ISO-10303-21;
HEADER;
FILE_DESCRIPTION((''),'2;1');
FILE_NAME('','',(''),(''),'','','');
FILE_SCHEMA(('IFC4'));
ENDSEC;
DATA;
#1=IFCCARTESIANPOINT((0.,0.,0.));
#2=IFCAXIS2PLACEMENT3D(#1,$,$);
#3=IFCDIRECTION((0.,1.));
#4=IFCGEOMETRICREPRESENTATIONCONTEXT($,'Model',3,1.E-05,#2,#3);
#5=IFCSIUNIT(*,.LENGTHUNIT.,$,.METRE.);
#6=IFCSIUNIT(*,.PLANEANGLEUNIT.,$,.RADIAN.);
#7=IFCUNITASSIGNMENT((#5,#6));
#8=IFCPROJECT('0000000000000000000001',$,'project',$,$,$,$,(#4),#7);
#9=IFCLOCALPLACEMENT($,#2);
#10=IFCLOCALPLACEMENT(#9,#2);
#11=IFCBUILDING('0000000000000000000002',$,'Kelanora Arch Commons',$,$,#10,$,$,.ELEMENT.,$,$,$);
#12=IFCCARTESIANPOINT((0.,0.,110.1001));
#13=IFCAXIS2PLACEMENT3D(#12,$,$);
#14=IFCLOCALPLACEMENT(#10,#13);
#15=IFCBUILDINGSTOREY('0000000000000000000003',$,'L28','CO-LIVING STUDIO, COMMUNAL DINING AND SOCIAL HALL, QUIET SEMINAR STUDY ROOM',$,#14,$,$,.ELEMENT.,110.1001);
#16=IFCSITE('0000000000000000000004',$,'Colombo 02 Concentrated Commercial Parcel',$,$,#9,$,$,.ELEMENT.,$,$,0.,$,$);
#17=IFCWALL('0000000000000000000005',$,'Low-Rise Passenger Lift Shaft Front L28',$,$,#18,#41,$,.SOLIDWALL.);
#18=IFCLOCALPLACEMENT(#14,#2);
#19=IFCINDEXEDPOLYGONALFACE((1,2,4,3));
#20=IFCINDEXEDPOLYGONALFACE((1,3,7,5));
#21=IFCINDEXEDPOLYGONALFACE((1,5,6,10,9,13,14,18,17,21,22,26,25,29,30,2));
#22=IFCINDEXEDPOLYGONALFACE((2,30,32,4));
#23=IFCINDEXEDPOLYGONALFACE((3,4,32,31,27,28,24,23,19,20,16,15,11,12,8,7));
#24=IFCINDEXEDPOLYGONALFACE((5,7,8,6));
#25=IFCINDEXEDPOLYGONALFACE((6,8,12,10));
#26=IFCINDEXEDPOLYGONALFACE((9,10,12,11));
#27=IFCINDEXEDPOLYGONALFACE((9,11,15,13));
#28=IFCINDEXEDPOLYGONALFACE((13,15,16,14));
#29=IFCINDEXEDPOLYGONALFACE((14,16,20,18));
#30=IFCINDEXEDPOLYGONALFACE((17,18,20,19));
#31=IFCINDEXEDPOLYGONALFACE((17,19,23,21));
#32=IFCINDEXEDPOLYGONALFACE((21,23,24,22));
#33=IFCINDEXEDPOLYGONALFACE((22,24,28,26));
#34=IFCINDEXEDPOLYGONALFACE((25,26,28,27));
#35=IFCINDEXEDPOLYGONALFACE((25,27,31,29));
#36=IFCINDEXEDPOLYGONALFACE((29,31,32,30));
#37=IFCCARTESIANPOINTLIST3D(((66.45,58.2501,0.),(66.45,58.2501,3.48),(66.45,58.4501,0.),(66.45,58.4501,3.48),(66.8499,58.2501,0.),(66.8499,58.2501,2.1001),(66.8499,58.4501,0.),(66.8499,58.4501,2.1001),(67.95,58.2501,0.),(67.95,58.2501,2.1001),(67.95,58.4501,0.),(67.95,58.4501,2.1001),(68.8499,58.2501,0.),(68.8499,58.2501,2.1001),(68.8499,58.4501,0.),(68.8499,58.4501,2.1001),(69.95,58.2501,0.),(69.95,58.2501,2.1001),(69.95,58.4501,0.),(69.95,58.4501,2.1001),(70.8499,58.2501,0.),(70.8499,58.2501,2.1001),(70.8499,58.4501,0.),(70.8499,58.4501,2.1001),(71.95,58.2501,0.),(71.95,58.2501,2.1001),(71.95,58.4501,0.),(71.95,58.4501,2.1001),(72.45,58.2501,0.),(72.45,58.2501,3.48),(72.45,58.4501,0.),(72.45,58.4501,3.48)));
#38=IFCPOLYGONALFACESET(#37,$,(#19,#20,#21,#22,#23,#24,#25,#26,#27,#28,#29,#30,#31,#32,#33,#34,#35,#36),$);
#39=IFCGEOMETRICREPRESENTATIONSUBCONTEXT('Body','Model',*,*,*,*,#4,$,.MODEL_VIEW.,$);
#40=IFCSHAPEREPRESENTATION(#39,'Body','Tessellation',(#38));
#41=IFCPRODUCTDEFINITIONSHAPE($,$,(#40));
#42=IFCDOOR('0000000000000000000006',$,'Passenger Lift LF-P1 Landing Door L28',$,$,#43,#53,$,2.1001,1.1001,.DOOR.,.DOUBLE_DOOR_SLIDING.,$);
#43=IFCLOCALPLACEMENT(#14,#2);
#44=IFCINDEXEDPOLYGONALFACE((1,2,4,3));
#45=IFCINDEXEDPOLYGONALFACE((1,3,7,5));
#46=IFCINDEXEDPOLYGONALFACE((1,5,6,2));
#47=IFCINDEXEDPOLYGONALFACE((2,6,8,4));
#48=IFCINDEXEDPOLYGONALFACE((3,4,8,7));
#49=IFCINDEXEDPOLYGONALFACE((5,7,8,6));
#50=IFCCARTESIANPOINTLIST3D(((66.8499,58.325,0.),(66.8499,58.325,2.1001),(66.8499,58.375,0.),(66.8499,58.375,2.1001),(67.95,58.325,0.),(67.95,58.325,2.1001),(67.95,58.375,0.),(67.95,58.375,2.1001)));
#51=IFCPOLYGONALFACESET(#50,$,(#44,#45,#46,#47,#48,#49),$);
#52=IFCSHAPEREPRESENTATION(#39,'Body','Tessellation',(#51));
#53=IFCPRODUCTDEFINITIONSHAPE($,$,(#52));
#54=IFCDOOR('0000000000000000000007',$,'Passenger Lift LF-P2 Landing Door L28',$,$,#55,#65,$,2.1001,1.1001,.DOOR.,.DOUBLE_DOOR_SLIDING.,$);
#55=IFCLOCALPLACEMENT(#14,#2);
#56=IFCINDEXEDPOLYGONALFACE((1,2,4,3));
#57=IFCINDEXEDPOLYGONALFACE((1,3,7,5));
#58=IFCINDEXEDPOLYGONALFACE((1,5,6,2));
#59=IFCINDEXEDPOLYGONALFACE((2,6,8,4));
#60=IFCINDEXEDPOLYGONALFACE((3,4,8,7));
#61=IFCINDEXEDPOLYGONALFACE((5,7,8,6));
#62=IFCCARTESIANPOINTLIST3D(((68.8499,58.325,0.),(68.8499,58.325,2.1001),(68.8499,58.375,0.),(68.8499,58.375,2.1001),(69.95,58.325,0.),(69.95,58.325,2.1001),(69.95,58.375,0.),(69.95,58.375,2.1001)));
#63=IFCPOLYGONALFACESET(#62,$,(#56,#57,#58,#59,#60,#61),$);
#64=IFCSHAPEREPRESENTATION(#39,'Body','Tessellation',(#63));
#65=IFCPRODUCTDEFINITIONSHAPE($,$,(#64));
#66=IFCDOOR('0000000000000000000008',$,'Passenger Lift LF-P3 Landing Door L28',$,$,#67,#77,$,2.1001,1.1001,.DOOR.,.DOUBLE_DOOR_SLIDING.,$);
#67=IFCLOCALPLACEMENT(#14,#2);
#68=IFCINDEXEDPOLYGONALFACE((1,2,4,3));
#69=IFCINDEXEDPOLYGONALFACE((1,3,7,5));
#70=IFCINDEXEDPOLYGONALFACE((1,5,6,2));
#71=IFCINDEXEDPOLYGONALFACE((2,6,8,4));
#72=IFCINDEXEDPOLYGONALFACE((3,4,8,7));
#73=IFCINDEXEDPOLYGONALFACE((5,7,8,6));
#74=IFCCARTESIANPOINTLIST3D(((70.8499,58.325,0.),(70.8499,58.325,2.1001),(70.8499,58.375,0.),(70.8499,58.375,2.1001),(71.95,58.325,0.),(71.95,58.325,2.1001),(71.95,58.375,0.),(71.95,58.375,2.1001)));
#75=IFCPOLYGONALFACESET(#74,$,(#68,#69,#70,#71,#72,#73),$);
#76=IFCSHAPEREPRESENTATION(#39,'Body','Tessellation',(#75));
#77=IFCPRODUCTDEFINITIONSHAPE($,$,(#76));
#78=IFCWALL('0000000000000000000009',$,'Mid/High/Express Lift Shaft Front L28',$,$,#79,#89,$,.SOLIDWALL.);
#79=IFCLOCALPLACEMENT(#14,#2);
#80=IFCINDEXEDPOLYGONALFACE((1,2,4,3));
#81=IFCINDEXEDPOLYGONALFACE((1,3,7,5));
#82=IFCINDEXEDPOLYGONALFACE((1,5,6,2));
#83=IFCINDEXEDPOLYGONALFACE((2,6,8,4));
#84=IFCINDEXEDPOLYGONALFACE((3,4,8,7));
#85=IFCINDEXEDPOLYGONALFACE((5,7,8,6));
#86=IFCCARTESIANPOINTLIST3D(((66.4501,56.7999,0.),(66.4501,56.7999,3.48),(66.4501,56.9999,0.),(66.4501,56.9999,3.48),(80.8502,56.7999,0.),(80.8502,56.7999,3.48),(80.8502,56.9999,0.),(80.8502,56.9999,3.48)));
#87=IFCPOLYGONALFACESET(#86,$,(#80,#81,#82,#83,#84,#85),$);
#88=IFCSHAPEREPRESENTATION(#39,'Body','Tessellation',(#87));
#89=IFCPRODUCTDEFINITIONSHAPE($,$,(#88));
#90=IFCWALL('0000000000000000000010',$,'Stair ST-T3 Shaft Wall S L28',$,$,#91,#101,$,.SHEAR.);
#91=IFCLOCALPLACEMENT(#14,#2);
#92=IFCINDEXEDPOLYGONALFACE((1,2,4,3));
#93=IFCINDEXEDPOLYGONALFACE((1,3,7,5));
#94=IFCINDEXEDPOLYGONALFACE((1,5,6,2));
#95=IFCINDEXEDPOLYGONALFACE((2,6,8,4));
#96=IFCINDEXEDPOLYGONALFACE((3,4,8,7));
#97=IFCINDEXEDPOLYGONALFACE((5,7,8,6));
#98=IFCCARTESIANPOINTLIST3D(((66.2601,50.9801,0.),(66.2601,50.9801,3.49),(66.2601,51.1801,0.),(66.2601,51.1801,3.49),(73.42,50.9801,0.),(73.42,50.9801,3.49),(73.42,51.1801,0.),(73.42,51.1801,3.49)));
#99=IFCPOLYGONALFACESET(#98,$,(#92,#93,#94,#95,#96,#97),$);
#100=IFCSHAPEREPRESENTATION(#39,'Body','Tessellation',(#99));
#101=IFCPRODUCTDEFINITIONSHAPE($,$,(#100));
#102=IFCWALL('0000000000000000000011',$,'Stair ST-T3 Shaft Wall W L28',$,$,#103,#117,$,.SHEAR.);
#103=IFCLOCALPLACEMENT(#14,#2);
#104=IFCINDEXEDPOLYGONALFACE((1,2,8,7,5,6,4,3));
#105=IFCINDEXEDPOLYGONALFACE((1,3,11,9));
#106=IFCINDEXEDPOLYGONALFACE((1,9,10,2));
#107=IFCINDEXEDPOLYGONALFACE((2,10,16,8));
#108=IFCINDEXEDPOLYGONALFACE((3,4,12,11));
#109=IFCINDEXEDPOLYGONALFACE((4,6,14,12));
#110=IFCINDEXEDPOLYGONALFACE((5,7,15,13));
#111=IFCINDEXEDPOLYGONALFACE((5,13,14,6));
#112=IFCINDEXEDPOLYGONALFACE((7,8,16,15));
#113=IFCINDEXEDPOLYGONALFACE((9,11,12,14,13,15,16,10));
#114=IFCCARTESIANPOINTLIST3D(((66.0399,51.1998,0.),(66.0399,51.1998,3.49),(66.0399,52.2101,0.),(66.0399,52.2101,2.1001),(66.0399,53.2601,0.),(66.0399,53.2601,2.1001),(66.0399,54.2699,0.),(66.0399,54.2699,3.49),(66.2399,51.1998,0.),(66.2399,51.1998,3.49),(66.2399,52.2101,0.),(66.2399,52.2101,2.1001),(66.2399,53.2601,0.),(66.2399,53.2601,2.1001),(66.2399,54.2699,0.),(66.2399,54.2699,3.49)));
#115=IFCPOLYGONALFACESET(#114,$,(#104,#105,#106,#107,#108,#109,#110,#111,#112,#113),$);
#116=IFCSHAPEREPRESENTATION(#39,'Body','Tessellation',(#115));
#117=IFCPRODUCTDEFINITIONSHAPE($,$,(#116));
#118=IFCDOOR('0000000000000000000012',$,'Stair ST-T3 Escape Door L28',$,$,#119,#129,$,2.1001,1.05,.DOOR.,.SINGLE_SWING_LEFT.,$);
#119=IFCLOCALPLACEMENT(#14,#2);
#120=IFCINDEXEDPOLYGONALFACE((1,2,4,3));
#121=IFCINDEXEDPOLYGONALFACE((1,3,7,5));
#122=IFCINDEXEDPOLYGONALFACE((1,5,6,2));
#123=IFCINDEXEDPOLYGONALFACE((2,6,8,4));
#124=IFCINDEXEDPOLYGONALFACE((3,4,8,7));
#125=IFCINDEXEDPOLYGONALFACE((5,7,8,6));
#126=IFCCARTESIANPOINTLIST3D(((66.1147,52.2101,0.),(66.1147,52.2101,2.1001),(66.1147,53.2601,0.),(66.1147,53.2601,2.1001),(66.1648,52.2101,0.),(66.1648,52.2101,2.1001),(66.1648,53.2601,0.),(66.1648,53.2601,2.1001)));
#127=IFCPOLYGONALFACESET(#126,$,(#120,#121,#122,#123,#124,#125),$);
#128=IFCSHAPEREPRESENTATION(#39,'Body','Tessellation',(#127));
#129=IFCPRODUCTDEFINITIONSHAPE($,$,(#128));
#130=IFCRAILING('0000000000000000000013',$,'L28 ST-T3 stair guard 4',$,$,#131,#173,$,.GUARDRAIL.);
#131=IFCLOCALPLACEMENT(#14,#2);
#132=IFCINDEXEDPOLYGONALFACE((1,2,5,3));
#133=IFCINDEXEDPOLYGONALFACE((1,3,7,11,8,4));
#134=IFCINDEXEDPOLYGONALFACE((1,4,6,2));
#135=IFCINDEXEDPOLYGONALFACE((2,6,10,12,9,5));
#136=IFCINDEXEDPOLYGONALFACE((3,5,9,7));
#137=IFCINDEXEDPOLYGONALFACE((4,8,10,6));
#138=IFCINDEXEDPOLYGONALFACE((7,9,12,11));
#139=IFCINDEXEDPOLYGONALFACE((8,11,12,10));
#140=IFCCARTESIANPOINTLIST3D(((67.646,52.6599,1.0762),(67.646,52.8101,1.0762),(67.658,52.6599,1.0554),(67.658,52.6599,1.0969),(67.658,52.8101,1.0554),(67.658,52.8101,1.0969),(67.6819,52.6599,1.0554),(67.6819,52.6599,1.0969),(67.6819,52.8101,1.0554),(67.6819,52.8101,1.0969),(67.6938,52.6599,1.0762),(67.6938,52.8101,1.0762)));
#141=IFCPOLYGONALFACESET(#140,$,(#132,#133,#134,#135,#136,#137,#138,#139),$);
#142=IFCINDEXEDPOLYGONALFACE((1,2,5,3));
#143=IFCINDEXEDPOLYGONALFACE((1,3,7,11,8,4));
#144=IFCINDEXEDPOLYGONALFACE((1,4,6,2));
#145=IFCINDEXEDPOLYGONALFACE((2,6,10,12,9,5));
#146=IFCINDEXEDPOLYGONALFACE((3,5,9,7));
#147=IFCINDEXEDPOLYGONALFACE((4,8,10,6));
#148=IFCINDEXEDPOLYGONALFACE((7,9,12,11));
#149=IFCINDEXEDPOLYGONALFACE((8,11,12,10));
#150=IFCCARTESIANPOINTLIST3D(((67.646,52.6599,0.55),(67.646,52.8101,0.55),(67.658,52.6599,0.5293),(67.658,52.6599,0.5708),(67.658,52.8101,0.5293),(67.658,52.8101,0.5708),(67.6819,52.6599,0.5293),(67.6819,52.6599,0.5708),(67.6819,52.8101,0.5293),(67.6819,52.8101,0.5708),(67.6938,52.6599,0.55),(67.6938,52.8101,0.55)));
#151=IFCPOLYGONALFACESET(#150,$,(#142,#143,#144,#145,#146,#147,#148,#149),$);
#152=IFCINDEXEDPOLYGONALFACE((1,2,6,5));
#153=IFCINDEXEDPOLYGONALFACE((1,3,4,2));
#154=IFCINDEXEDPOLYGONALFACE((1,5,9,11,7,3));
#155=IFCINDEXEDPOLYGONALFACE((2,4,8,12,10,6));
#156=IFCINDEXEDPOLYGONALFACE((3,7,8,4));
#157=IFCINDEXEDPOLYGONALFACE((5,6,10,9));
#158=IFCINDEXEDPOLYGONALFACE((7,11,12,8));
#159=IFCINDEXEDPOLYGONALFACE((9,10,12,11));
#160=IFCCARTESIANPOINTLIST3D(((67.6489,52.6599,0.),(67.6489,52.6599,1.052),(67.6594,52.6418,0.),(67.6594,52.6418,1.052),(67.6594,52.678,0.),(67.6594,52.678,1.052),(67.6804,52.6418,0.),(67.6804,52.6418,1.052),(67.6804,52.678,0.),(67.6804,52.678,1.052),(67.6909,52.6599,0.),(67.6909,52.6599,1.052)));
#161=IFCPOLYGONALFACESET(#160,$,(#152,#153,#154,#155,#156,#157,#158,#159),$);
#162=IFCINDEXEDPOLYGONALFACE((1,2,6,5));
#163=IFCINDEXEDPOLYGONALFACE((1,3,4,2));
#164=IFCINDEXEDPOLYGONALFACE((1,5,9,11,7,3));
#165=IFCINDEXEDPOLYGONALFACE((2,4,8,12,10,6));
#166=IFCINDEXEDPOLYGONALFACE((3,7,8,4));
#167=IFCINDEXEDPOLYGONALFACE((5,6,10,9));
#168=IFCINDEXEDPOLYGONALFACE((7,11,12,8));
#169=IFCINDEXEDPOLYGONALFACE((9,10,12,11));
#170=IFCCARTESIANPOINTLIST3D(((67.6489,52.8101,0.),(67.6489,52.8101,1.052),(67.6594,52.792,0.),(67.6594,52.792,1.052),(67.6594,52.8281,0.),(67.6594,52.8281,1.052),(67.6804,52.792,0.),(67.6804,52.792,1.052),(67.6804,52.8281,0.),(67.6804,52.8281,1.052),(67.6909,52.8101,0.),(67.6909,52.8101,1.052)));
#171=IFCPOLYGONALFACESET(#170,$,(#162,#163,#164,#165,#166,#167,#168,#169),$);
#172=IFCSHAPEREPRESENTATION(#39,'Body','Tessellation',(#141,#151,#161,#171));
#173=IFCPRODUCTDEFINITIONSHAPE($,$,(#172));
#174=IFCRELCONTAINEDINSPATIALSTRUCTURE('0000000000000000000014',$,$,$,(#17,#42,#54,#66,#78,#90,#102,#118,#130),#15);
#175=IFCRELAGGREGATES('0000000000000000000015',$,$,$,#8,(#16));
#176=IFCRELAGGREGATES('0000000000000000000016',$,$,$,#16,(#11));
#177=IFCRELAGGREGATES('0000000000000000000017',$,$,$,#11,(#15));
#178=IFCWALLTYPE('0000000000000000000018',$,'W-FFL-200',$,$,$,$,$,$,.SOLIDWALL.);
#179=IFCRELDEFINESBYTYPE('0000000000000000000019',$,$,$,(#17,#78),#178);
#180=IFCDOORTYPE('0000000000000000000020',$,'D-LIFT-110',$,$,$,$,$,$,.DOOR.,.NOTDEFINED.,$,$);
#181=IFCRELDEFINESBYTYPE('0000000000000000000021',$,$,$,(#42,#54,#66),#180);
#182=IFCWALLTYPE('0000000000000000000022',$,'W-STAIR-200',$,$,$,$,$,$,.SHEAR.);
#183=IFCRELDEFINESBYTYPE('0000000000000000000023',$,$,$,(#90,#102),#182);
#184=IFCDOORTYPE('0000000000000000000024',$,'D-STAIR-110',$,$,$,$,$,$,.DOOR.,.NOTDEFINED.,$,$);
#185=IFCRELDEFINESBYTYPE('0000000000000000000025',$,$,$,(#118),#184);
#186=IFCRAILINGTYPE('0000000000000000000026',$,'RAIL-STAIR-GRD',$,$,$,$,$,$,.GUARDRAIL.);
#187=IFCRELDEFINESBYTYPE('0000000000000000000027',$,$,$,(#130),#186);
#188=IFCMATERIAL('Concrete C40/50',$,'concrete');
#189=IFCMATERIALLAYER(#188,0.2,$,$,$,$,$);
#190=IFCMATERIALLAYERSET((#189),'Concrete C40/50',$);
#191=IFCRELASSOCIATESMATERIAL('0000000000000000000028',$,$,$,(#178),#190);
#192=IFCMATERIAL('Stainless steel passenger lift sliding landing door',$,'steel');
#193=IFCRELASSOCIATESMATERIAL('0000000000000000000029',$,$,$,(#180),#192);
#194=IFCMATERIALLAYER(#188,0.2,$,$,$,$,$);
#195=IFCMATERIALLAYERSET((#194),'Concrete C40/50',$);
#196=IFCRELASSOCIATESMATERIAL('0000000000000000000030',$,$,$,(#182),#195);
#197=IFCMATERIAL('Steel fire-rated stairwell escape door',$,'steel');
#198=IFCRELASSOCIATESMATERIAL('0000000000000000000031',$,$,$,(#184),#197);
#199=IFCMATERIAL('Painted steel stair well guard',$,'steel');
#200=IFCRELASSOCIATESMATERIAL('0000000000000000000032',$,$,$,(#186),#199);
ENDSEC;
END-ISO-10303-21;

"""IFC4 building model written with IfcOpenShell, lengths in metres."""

from ifc_helpers import new_model, si_unit, direction, frame, frame_2d, origin, place, context, subcontext, project, spatial, polyline, rectangle, outline, extrude, material, layer, layer_set, type_object, element, fill, save


model = new_model("IFC4")

# Units and contexts
model_context = context("Model", 3, precision=1e-05, world=origin(), true_north=direction((0.0, 1.0)))
body_context = subcontext(model_context, "Body", "Model", "MODEL_VIEW")
ifc_project = project(units=[si_unit("LENGTHUNIT", "METRE"), si_unit("PLANEANGLEUNIT", "RADIAN")], contexts=[model_context])

# Site, building, storey
site_placement = place(None, origin())
site = spatial("IfcSite", under=ifc_project, at=site_placement, Name="Colombo 02 Concentrated Commercial Parcel", CompositionType="ELEMENT", RefElevation=0.0)
building_placement = place(site_placement, origin())
building = spatial("IfcBuilding", under=site, at=building_placement, Name="Kelanora Arch Commons", CompositionType="ELEMENT")
storey_placement = place(building_placement, frame((0.0, 0.0, 110.1001)))
storey = spatial("IfcBuildingStorey", under=building, at=storey_placement, Name="L28", Description="CO-LIVING STUDIO, COMMUNAL DINING AND SOCIAL HALL, QUIET SEMINAR STUDY ROOM", CompositionType="ELEMENT", Elevation=110.1001)

# Wall, openings, doors
ifc_material_1 = material(Name="Concrete C40/50", Category="concrete")
ifc_layer_1 = layer(ifc_material_1, 0.2)
ifc_layer_set_1 = layer_set([ifc_layer_1], Name="Concrete C40/50")
wall_type_1 = type_object("IfcWallType", Name="W-FFL-200", PredefinedType="SOLIDWALL", material=ifc_layer_set_1)
wall_1_placement = place(storey_placement, frame((66.45, 58.3501, 0.0), z_axis=(0.0, 0.0, 1.0), x_axis=(1.0, 0.0, 0.0)))
wall_1 = element("IfcWall", 1, at=wall_1_placement, inside=storey, type_object=wall_type_1, Name="Low-Rise Passenger Lift Shaft Front L28", PredefinedType="SOLIDWALL", context=body_context, shape_type="SweptSolid", body=[
    extrude(rectangle(XDim=6.0, YDim=0.2, at=frame_2d((3.0, 0.0))), origin(), (0.0, 0.0, 1.0), 3.48),
])
opening_1_placement = place(wall_1_placement, frame((0.3999, 0.0, 0.0)))
opening_1 = element("IfcOpeningElement", 2, at=opening_1_placement, cuts=wall_1, PredefinedType="OPENING", context=body_context, shape_type="SweptSolid", body=[
    extrude(rectangle(XDim=1.1001, YDim=2.1001, at=frame_2d((0.55, 1.05))), frame((0.0, 0.1099, 0.0), z_axis=(0.0, -1.0, 0.0), x_axis=(1.0, 0.0, 0.0)), (0.0, 0.0, 1.0), 0.22),
])
opening_2_placement = place(wall_1_placement, frame((2.3999, 0.0, 0.0)))
opening_2 = element("IfcOpeningElement", 3, at=opening_2_placement, cuts=wall_1, PredefinedType="OPENING", context=body_context, shape_type="SweptSolid", body=[
    extrude(rectangle(XDim=1.1001, YDim=2.1001, at=frame_2d((0.55, 1.05))), frame((0.0, 0.1099, 0.0), z_axis=(0.0, -1.0, 0.0), x_axis=(1.0, 0.0, 0.0)), (0.0, 0.0, 1.0), 0.22),
])
opening_3_placement = place(wall_1_placement, frame((4.3999, 0.0, 0.0)))
opening_3 = element("IfcOpeningElement", 4, at=opening_3_placement, cuts=wall_1, PredefinedType="OPENING", context=body_context, shape_type="SweptSolid", body=[
    extrude(rectangle(XDim=1.1001, YDim=2.1001, at=frame_2d((0.55, 1.05))), frame((0.0, 0.1099, 0.0), z_axis=(0.0, -1.0, 0.0), x_axis=(1.0, 0.0, 0.0)), (0.0, 0.0, 1.0), 0.22),
])
ifc_material_2 = material(Name="Stainless steel passenger lift sliding landing door", Category="steel")
door_type_1 = type_object("IfcDoorType", Name="D-LIFT-110", OperationType="NOTDEFINED", PredefinedType="DOOR", material=ifc_material_2)
door_1_placement = place(opening_1_placement, origin())
door_1 = element("IfcDoor", 5, at=door_1_placement, inside=storey, type_object=door_type_1, Name="Passenger Lift LF-P1 Landing Door L28", OperationType="DOUBLE_DOOR_SLIDING", OverallHeight=2.1001, OverallWidth=1.1001, PredefinedType="DOOR", context=body_context, shape_type="SweptSolid", body=[
    extrude(rectangle(XDim=1.1001, YDim=2.1001, at=frame_2d((0.55, 1.05))), frame((0.0, 0.0249, 0.0), z_axis=(0.0, -1.0, 0.0), x_axis=(1.0, 0.0, 0.0)), (0.0, 0.0, 1.0), 0.05),
])
fill(opening_1, door_1)
door_2_placement = place(opening_2_placement, origin())
door_2 = element("IfcDoor", 6, at=door_2_placement, inside=storey, type_object=door_type_1, Name="Passenger Lift LF-P2 Landing Door L28", OperationType="DOUBLE_DOOR_SLIDING", OverallHeight=2.1001, OverallWidth=1.1001, PredefinedType="DOOR", context=body_context, shape_type="SweptSolid", body=[
    extrude(rectangle(XDim=1.1001, YDim=2.1001, at=frame_2d((0.55, 1.05))), frame((0.0, 0.0249, 0.0), z_axis=(0.0, -1.0, 0.0), x_axis=(1.0, 0.0, 0.0)), (0.0, 0.0, 1.0), 0.05),
])
fill(opening_2, door_2)
door_3_placement = place(opening_3_placement, origin())
door_3 = element("IfcDoor", 7, at=door_3_placement, inside=storey, type_object=door_type_1, Name="Passenger Lift LF-P3 Landing Door L28", OperationType="DOUBLE_DOOR_SLIDING", OverallHeight=2.1001, OverallWidth=1.1001, PredefinedType="DOOR", context=body_context, shape_type="SweptSolid", body=[
    extrude(rectangle(XDim=1.1001, YDim=2.1001, at=frame_2d((0.55, 1.05))), frame((0.0, 0.0249, 0.0), z_axis=(0.0, -1.0, 0.0), x_axis=(1.0, 0.0, 0.0)), (0.0, 0.0, 1.0), 0.05),
])
fill(opening_3, door_3)

# Walls
wall_2_placement = place(storey_placement, frame((66.45, 56.8999, 0.0), z_axis=(0.0, 0.0, 1.0), x_axis=(1.0, 0.0, 0.0)))
element("IfcWall", 8, at=wall_2_placement, inside=storey, type_object=wall_type_1, Name="Mid/High/Express Lift Shaft Front L28", PredefinedType="SOLIDWALL", context=body_context, shape_type="SweptSolid", body=[
    extrude(rectangle(XDim=14.4001, YDim=0.2, at=frame_2d((7.2002, 0.0))), origin(), (0.0, 0.0, 1.0), 3.48),
])
ifc_layer_2 = layer(ifc_material_1, 0.2)
ifc_layer_set_2 = layer_set([ifc_layer_2], Name="Concrete C40/50")
wall_type_2 = type_object("IfcWallType", Name="W-STAIR-200", PredefinedType="SHEAR", material=ifc_layer_set_2)
wall_3_placement = place(storey_placement, frame((66.26, 51.0801, 0.0), z_axis=(0.0, 0.0, 1.0), x_axis=(1.0, 0.0, 0.0)))
element("IfcWall", 9, at=wall_3_placement, inside=storey, type_object=wall_type_2, Name="Stair ST-T3 Shaft Wall S L28", PredefinedType="SHEAR", context=body_context, shape_type="SweptSolid", body=[
    extrude(rectangle(XDim=7.1599, YDim=0.2, at=frame_2d((3.5801, 0.0))), origin(), (0.0, 0.0, 1.0), 3.49),
])

# Wall, opening, door
wall_4_placement = place(storey_placement, frame((66.1399, 54.27, 0.0), z_axis=(0.0, 0.0, 1.0), x_axis=(0.0, -1.0, 0.0)))
wall_4 = element("IfcWall", 10, at=wall_4_placement, inside=storey, type_object=wall_type_2, Name="Stair ST-T3 Shaft Wall W L28", PredefinedType="SHEAR", context=body_context, shape_type="SweptSolid", body=[
    extrude(rectangle(XDim=3.0701, YDim=0.2, at=frame_2d((1.5352, 0.0))), origin(), (0.0, 0.0, 1.0), 3.49),
])
opening_4_placement = place(wall_4_placement, frame((1.01, 0.0, 0.0)))
opening_4 = element("IfcOpeningElement", 11, at=opening_4_placement, cuts=wall_4, PredefinedType="OPENING", context=body_context, shape_type="SweptSolid", body=[
    extrude(rectangle(XDim=1.05, YDim=2.1001, at=frame_2d((0.5249, 1.05))), frame((0.0, 0.1099, 0.0), z_axis=(0.0, -1.0, 0.0), x_axis=(1.0, 0.0, 0.0)), (0.0, 0.0, 1.0), 0.22),
])
ifc_material_3 = material(Name="Steel fire-rated stairwell escape door", Category="steel")
door_type_2 = type_object("IfcDoorType", Name="D-STAIR-110", OperationType="NOTDEFINED", PredefinedType="DOOR", material=ifc_material_3)
door_4_placement = place(opening_4_placement, origin())
door_4 = element("IfcDoor", 12, at=door_4_placement, inside=storey, type_object=door_type_2, Name="Stair ST-T3 Escape Door L28", OperationType="SINGLE_SWING_LEFT", OverallHeight=2.1001, OverallWidth=1.05, PredefinedType="DOOR", context=body_context, shape_type="SweptSolid", body=[
    extrude(rectangle(XDim=1.05, YDim=2.1001, at=frame_2d((0.5249, 1.05))), frame((0.0, 0.0249, 0.0), z_axis=(0.0, -1.0, 0.0), x_axis=(1.0, 0.0, 0.0)), (0.0, 0.0, 1.0), 0.05),
])
fill(opening_4, door_4)

# Railing
ifc_material_4 = material(Name="Painted steel stair well guard", Category="steel")
railing_type_1 = type_object("IfcRailingType", Name="RAIL-STAIR-GRD", PredefinedType="GUARDRAIL", material=ifc_material_4)
railing_1_placement = place(storey_placement, frame((67.6699, 52.6599, 0.0)))
element("IfcRailing", 13, at=railing_1_placement, inside=storey, type_object=railing_type_1, Name="L28 ST-T3 stair guard 4", PredefinedType="GUARDRAIL", context=body_context, shape_type="SweptSolid", body=[
    extrude(outline(polyline([(0.0239, 0.0), (0.012, 0.0208), (-0.012, 0.0208), (-0.0239, 0.0), (-0.012, -0.0208), (0.012, -0.0208), (0.0239, 0.0)])), frame((0.0, 0.0, 1.0762), z_axis=(0.0, 1.0, 0.0), x_axis=(-1.0, 0.0, 0.0)), (0.0, 0.0, 1.0), 0.1501),
    extrude(outline(polyline([(0.0239, 0.0), (0.012, 0.0208), (-0.012, 0.0208), (-0.0239, 0.0), (-0.012, -0.0208), (0.012, -0.0208), (0.0239, 0.0)])), frame((0.0, 0.0, 0.55), z_axis=(0.0, 1.0, 0.0), x_axis=(-1.0, 0.0, 0.0)), (0.0, 0.0, 1.0), 0.1501),
    extrude(outline(polyline([(0.021, 0.0), (0.0105, 0.0181), (-0.0105, 0.0181), (-0.021, 0.0), (-0.0105, -0.0181), (0.0105, -0.0181), (0.021, 0.0)])), origin(), (0.0, 0.0, 1.0), 1.052),
    extrude(outline(polyline([(0.021, 0.0), (0.0105, 0.0181), (-0.0105, 0.0181), (-0.021, 0.0), (-0.0105, -0.0181), (0.0105, -0.0181), (0.021, 0.0)])), frame((0.0, 0.1501, 0.0)), (0.0, 0.0, 1.0), 1.052),
])

save(model, "model.ifc")
